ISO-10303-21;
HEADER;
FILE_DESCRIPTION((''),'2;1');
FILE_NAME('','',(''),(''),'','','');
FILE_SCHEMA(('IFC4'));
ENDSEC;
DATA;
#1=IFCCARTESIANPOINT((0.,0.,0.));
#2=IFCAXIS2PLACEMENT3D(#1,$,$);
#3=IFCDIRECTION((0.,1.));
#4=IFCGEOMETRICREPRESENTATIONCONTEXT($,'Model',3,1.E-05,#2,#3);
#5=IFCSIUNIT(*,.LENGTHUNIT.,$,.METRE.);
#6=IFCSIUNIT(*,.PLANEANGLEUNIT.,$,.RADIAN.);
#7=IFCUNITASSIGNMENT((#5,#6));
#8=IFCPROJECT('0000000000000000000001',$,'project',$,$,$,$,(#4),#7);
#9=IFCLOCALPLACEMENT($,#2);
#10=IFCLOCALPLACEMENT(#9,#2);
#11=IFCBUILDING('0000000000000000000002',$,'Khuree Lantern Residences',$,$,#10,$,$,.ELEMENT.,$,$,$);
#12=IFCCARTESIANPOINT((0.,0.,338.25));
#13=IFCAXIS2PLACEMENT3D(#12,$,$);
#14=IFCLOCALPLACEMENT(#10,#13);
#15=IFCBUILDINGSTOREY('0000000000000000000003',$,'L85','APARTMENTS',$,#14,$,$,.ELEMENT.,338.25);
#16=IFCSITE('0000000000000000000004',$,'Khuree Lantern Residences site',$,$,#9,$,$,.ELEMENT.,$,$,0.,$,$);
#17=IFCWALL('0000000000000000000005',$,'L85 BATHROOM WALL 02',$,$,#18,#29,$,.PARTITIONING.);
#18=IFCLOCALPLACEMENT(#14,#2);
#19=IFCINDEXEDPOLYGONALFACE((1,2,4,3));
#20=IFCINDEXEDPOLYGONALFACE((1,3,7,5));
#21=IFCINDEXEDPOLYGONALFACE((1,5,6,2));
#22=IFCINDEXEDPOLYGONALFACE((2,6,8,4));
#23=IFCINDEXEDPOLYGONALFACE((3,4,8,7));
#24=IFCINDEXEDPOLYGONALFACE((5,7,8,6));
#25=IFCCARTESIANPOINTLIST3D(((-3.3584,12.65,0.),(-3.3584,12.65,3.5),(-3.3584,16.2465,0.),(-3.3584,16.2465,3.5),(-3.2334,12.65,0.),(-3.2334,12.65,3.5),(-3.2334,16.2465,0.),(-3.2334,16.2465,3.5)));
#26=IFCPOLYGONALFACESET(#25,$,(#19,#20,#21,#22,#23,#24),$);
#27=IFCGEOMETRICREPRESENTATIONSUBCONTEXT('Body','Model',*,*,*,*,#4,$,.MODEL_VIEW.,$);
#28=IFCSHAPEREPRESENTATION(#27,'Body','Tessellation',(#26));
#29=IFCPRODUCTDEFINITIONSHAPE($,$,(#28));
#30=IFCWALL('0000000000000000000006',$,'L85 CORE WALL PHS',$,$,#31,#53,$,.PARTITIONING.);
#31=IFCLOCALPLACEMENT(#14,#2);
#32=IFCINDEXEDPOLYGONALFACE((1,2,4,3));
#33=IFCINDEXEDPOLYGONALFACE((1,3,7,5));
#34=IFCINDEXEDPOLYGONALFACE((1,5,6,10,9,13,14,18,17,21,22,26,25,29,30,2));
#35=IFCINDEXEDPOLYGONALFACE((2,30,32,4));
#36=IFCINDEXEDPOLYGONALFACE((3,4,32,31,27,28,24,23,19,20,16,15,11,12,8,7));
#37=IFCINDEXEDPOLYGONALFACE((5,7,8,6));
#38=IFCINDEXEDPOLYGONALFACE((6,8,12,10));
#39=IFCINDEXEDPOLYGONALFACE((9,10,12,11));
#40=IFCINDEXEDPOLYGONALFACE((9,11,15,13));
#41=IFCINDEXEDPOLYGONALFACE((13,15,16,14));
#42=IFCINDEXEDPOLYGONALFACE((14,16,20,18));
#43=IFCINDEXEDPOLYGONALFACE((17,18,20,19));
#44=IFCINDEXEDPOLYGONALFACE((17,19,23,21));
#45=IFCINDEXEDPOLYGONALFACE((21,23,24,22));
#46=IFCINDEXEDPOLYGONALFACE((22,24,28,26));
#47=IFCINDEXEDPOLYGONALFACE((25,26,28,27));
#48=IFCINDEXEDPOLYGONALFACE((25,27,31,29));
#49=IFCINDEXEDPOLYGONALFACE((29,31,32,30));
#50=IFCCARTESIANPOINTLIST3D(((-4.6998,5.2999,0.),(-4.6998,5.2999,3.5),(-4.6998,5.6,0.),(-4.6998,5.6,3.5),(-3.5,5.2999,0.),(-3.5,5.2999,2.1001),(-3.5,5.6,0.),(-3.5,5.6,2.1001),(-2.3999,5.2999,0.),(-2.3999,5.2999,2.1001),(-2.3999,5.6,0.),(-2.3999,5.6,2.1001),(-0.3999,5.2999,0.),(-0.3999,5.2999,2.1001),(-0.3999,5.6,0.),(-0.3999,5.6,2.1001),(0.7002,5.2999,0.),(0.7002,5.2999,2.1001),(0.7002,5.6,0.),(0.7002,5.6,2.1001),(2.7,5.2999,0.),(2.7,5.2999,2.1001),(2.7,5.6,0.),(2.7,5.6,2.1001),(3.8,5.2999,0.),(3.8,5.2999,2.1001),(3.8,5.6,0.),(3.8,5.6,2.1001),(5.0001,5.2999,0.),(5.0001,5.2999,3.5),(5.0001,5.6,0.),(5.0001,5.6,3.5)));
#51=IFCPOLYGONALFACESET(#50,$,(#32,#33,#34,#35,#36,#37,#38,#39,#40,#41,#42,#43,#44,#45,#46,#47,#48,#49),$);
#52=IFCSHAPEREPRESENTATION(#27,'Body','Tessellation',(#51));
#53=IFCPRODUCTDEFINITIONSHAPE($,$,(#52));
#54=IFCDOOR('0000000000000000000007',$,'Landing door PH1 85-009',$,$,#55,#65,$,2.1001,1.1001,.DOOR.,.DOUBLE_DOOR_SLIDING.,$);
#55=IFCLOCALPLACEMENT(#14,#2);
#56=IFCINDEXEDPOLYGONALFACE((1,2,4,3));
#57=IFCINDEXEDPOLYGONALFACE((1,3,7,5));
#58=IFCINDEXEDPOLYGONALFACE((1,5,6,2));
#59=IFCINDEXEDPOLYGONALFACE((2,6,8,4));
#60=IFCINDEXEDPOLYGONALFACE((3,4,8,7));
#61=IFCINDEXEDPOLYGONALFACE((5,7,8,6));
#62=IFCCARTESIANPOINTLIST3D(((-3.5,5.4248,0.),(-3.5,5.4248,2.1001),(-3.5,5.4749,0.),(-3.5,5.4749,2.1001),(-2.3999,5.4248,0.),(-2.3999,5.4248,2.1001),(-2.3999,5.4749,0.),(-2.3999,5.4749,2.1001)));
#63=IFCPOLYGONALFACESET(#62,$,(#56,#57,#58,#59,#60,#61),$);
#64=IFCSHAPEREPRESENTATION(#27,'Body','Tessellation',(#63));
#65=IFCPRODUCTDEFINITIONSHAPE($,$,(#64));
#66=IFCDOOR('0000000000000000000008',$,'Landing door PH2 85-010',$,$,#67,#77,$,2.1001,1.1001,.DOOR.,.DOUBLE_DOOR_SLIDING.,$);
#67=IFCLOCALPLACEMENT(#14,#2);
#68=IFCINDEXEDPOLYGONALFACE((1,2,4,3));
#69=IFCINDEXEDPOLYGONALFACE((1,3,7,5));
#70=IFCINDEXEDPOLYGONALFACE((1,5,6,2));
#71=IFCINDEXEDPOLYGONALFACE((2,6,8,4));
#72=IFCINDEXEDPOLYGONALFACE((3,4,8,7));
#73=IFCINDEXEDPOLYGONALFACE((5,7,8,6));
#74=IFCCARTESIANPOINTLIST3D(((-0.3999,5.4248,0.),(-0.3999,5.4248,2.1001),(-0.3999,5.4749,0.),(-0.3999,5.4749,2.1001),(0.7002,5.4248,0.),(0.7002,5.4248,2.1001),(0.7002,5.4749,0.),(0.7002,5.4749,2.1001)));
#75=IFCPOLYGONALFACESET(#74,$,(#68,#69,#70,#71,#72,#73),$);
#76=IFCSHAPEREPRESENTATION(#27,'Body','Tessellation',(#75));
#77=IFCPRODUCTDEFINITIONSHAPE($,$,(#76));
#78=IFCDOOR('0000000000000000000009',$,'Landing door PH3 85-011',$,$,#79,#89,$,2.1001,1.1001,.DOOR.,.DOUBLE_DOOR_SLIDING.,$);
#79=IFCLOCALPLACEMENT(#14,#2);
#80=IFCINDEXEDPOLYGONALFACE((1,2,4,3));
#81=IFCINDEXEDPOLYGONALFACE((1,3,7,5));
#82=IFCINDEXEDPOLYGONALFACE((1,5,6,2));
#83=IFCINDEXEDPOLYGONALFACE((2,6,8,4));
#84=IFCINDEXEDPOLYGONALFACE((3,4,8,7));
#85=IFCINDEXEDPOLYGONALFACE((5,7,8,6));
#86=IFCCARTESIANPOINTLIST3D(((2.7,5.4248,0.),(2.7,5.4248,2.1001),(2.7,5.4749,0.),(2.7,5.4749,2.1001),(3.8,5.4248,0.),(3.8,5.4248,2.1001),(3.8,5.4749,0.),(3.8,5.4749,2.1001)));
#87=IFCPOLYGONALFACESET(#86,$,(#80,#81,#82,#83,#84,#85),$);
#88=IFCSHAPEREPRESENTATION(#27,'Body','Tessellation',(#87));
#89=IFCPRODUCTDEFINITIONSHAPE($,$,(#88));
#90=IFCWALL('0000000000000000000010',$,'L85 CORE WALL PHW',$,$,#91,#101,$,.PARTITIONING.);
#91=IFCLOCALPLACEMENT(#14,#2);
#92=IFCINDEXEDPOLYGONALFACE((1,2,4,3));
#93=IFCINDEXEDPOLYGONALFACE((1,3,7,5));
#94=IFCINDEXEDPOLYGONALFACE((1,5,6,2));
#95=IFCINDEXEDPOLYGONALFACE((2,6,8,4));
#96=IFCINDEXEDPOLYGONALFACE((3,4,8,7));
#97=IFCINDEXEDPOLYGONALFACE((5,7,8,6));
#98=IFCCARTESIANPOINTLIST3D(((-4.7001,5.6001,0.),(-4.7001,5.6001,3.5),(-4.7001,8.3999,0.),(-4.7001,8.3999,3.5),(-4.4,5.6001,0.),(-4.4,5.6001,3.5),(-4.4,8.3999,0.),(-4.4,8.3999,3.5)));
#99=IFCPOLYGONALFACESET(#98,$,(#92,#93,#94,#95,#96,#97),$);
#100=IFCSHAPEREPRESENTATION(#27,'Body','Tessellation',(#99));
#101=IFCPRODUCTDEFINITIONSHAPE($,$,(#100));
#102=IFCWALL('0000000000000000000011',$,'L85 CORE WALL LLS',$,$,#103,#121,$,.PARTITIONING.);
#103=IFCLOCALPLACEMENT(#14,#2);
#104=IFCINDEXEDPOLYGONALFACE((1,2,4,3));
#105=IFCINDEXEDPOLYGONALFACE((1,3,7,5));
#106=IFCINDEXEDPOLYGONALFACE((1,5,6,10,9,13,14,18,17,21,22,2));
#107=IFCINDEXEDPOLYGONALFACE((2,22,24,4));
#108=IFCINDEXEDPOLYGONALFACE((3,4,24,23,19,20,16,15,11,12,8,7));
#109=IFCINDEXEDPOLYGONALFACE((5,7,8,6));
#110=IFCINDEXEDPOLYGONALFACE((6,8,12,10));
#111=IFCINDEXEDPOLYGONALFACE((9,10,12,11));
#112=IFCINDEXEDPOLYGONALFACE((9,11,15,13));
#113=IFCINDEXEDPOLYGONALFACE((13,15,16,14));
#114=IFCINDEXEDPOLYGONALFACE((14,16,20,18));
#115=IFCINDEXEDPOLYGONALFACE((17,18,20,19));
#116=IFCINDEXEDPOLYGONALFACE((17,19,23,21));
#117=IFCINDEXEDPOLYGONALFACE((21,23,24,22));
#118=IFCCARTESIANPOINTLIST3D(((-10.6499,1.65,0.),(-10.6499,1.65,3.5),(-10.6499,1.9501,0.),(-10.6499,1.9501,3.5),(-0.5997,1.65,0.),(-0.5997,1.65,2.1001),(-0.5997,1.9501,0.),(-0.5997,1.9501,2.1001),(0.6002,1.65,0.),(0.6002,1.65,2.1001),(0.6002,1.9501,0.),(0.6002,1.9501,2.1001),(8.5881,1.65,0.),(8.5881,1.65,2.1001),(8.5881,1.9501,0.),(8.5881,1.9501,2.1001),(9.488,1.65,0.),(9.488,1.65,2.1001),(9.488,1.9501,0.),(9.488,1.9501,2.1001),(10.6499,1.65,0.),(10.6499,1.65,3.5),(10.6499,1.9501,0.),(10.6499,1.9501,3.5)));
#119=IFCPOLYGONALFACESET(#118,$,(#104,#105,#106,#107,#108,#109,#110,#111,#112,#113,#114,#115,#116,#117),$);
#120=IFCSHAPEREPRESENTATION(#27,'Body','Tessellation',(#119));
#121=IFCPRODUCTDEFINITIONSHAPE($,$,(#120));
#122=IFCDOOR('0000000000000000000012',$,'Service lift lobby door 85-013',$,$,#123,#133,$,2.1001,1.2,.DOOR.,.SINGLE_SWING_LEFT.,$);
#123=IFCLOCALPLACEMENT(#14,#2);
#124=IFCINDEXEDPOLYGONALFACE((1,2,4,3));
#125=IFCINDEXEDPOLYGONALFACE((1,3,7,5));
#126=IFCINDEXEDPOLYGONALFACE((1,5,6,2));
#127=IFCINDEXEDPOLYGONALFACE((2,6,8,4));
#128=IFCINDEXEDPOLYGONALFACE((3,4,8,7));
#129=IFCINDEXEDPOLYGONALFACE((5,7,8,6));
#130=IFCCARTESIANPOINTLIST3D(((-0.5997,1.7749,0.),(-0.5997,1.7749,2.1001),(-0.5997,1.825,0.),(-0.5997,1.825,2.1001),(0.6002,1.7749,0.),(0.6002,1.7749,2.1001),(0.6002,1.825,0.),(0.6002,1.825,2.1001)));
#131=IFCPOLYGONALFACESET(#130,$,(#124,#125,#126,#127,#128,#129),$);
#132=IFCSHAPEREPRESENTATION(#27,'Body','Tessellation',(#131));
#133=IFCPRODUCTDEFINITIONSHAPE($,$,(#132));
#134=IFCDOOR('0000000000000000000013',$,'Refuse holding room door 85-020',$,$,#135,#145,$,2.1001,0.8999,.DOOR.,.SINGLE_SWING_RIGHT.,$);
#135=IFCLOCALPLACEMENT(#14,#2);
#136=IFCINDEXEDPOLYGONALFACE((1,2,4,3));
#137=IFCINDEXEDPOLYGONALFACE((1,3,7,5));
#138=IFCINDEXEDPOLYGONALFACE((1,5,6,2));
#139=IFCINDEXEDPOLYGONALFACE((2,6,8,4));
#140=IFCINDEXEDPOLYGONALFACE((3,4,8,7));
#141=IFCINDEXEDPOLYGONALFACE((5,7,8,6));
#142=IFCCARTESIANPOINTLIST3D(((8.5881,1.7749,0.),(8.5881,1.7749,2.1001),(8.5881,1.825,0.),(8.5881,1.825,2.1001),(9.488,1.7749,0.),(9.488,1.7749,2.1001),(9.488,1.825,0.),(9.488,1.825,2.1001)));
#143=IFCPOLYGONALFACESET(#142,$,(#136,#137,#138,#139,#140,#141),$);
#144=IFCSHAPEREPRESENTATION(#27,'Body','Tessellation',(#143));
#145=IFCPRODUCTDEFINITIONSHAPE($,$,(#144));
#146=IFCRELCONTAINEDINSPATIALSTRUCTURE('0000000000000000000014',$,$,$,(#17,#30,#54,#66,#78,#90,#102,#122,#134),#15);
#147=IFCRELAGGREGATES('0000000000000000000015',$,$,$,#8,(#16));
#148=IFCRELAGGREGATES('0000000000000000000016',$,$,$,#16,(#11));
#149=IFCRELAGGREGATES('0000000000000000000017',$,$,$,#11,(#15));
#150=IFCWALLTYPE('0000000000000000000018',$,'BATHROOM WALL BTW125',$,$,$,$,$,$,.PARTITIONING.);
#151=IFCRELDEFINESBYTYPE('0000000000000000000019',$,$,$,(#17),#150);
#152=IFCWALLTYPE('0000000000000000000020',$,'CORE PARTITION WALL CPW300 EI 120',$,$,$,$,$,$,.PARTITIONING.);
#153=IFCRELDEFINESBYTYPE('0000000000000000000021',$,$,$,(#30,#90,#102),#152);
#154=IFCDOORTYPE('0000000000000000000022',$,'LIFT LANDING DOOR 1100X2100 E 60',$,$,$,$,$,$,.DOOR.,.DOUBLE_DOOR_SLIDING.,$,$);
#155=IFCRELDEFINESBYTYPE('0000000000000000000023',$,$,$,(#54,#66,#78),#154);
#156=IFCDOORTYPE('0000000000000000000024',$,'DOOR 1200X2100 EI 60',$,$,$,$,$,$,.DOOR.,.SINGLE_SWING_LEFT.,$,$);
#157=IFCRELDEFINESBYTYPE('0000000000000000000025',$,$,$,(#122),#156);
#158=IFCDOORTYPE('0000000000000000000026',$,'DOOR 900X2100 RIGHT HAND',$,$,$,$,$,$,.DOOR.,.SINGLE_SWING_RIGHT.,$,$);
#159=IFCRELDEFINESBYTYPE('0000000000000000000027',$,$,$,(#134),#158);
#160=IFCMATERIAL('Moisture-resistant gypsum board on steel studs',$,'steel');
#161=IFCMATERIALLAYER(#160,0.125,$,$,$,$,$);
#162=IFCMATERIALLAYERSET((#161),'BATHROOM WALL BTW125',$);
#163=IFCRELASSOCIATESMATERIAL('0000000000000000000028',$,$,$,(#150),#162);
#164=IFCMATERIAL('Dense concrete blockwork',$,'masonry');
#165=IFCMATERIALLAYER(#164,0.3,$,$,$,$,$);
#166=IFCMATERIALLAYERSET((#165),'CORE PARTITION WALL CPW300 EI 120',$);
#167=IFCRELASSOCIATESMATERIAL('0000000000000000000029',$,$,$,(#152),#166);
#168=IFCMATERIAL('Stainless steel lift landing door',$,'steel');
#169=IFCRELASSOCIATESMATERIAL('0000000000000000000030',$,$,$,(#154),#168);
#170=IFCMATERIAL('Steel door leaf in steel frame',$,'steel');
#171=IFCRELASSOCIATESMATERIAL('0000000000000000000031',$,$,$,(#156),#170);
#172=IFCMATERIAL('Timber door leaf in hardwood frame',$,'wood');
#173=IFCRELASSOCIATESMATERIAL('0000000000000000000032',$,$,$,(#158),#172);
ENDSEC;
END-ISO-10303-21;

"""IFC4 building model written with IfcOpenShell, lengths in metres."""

from ifc_helpers import new_model, si_unit, direction, frame, frame_2d, origin, place, context, subcontext, project, spatial, rectangle, extrude, material, layer, layer_set, type_object, element, fill, save


model = new_model("IFC4")

# Units and contexts
model_context = context("Model", 3, precision=1e-05, world=origin(), true_north=direction((0.0, 1.0)))
body_context = subcontext(model_context, "Body", "Model", "MODEL_VIEW")
ifc_project = project(units=[si_unit("LENGTHUNIT", "METRE"), si_unit("PLANEANGLEUNIT", "RADIAN")], contexts=[model_context])

# Site, building, storey
site_placement = place(None, origin())
site = spatial("IfcSite", under=ifc_project, at=site_placement, Name="Khuree Lantern Residences site", CompositionType="ELEMENT", RefElevation=0.0)
building_placement = place(site_placement, origin())
building = spatial("IfcBuilding", under=site, at=building_placement, Name="Khuree Lantern Residences", CompositionType="ELEMENT")
storey_placement = place(building_placement, frame((0.0, 0.0, 338.25)))
storey = spatial("IfcBuildingStorey", under=building, at=storey_placement, Name="L85", Description="APARTMENTS", CompositionType="ELEMENT", Elevation=338.25)

# Wall
ifc_material_1 = material(Name="Moisture-resistant gypsum board on steel studs", Category="steel")
ifc_layer_1 = layer(ifc_material_1, 0.125)
ifc_layer_set_1 = layer_set([ifc_layer_1], Name="BATHROOM WALL BTW125")
wall_type_1 = type_object("IfcWallType", Name="BATHROOM WALL BTW125", PredefinedType="PARTITIONING", material=ifc_layer_set_1)
wall_1_placement = place(storey_placement, frame((-3.2959, 12.6499, 0.0), z_axis=(0.0, 0.0, 1.0), x_axis=(0.0, 1.0, 0.0)))
element("IfcWall", 1, at=wall_1_placement, inside=storey, type_object=wall_type_1, Name="L85 BATHROOM WALL 02", PredefinedType="PARTITIONING", context=body_context, shape_type="SweptSolid", body=[
    extrude(rectangle(XDim=3.5964, YDim=0.125, at=frame_2d((1.7983, 0.0))), origin(), (0.0, 0.0, 1.0), 3.5),
])

# Wall, openings, doors
ifc_material_2 = material(Name="Dense concrete blockwork", Category="masonry")
ifc_layer_2 = layer(ifc_material_2, 0.3)
ifc_layer_set_2 = layer_set([ifc_layer_2], Name="CORE PARTITION WALL CPW300 EI 120")
wall_type_2 = type_object("IfcWallType", Name="CORE PARTITION WALL CPW300 EI 120", PredefinedType="PARTITIONING", material=ifc_layer_set_2)
wall_2_placement = place(storey_placement, frame((-4.7, 5.45, 0.0), z_axis=(0.0, 0.0, 1.0), x_axis=(1.0, 0.0, 0.0)))
wall_2 = element("IfcWall", 2, at=wall_2_placement, inside=storey, type_object=wall_type_2, Name="L85 CORE WALL PHS", PredefinedType="PARTITIONING", context=body_context, shape_type="SweptSolid", body=[
    extrude(rectangle(XDim=9.7, YDim=0.3, at=frame_2d((4.8501, 0.0))), origin(), (0.0, 0.0, 1.0), 3.5),
])
opening_1_placement = place(wall_2_placement, frame((1.2, 0.0, 0.0)))
opening_1 = element("IfcOpeningElement", 3, at=opening_1_placement, cuts=wall_2, PredefinedType="OPENING", context=body_context, shape_type="SweptSolid", body=[
    extrude(rectangle(XDim=1.1001, YDim=2.1001, at=frame_2d((0.55, 1.05))), frame((0.0, 0.1602, 0.0), z_axis=(0.0, -1.0, 0.0), x_axis=(1.0, 0.0, 0.0)), (0.0, 0.0, 1.0), 0.3201),
])
opening_2_placement = place(wall_2_placement, frame((4.3, 0.0, 0.0)))
opening_2 = element("IfcOpeningElement", 4, at=opening_2_placement, cuts=wall_2, PredefinedType="OPENING", context=body_context, shape_type="SweptSolid", body=[
    extrude(rectangle(XDim=1.1001, YDim=2.1001, at=frame_2d((0.55, 1.05))), frame((0.0, 0.1602, 0.0), z_axis=(0.0, -1.0, 0.0), x_axis=(1.0, 0.0, 0.0)), (0.0, 0.0, 1.0), 0.3201),
])
opening_3_placement = place(wall_2_placement, frame((7.3999, 0.0, 0.0)))
opening_3 = element("IfcOpeningElement", 5, at=opening_3_placement, cuts=wall_2, PredefinedType="OPENING", context=body_context, shape_type="SweptSolid", body=[
    extrude(rectangle(XDim=1.1001, YDim=2.1001, at=frame_2d((0.55, 1.05))), frame((0.0, 0.1602, 0.0), z_axis=(0.0, -1.0, 0.0), x_axis=(1.0, 0.0, 0.0)), (0.0, 0.0, 1.0), 0.3201),
])
ifc_material_3 = material(Name="Stainless steel lift landing door", Category="steel")
door_type_1 = type_object("IfcDoorType", Name="LIFT LANDING DOOR 1100X2100 E 60", OperationType="DOUBLE_DOOR_SLIDING", PredefinedType="DOOR", material=ifc_material_3)
door_1_placement = place(opening_1_placement, origin())
door_1 = element("IfcDoor", 6, at=door_1_placement, inside=storey, type_object=door_type_1, Name="Landing door PH1 85-009", OperationType="DOUBLE_DOOR_SLIDING", OverallHeight=2.1001, OverallWidth=1.1001, PredefinedType="DOOR", context=body_context, shape_type="SweptSolid", body=[
    extrude(rectangle(XDim=1.1001, YDim=2.1001, at=frame_2d((0.55, 1.05))), frame((0.0, 0.0249, 0.0), z_axis=(0.0, -1.0, 0.0), x_axis=(1.0, 0.0, 0.0)), (0.0, 0.0, 1.0), 0.05),
])
fill(opening_1, door_1)
door_2_placement = place(opening_2_placement, origin())
door_2 = element("IfcDoor", 7, at=door_2_placement, inside=storey, type_object=door_type_1, Name="Landing door PH2 85-010", OperationType="DOUBLE_DOOR_SLIDING", OverallHeight=2.1001, OverallWidth=1.1001, PredefinedType="DOOR", context=body_context, shape_type="SweptSolid", body=[
    extrude(rectangle(XDim=1.1001, YDim=2.1001, at=frame_2d((0.55, 1.05))), frame((0.0, 0.0249, 0.0), z_axis=(0.0, -1.0, 0.0), x_axis=(1.0, 0.0, 0.0)), (0.0, 0.0, 1.0), 0.05),
])
fill(opening_2, door_2)
door_3_placement = place(opening_3_placement, origin())
door_3 = element("IfcDoor", 8, at=door_3_placement, inside=storey, type_object=door_type_1, Name="Landing door PH3 85-011", OperationType="DOUBLE_DOOR_SLIDING", OverallHeight=2.1001, OverallWidth=1.1001, PredefinedType="DOOR", context=body_context, shape_type="SweptSolid", body=[
    extrude(rectangle(XDim=1.1001, YDim=2.1001, at=frame_2d((0.55, 1.05))), frame((0.0, 0.0249, 0.0), z_axis=(0.0, -1.0, 0.0), x_axis=(1.0, 0.0, 0.0)), (0.0, 0.0, 1.0), 0.05),
])
fill(opening_3, door_3)

# Wall
wall_3_placement = place(storey_placement, frame((-4.55, 5.6001, 0.0), z_axis=(0.0, 0.0, 1.0), x_axis=(0.0, 1.0, 0.0)))
element("IfcWall", 9, at=wall_3_placement, inside=storey, type_object=wall_type_2, Name="L85 CORE WALL PHW", PredefinedType="PARTITIONING", context=body_context, shape_type="SweptSolid", body=[
    extrude(rectangle(XDim=2.7998, YDim=0.3, at=frame_2d((1.3999, 0.0))), origin(), (0.0, 0.0, 1.0), 3.5),
])

# Wall, openings, doors
wall_4_placement = place(storey_placement, frame((-10.6499, 1.8, 0.0), z_axis=(0.0, 0.0, 1.0), x_axis=(1.0, 0.0, 0.0)))
wall_4 = element("IfcWall", 10, at=wall_4_placement, inside=storey, type_object=wall_type_2, Name="L85 CORE WALL LLS", PredefinedType="PARTITIONING", context=body_context, shape_type="SweptSolid", body=[
    extrude(rectangle(XDim=21.2998, YDim=0.3, at=frame_2d((10.6499, 0.0))), origin(), (0.0, 0.0, 1.0), 3.5),
])
opening_4_placement = place(wall_4_placement, frame((10.05, 0.0, 0.0)))
opening_4 = element("IfcOpeningElement", 11, at=opening_4_placement, cuts=wall_4, PredefinedType="OPENING", context=body_context, shape_type="SweptSolid", body=[
    extrude(rectangle(XDim=1.2, YDim=2.1001, at=frame_2d((0.6001, 1.05))), frame((0.0, 0.1602, 0.0), z_axis=(0.0, -1.0, 0.0), x_axis=(1.0, 0.0, 0.0)), (0.0, 0.0, 1.0), 0.3201),
])
opening_5_placement = place(wall_4_placement, frame((19.238, 0.0, 0.0)))
opening_5 = element("IfcOpeningElement", 12, at=opening_5_placement, cuts=wall_4, PredefinedType="OPENING", context=body_context, shape_type="SweptSolid", body=[
    extrude(rectangle(XDim=0.8999, YDim=2.1001, at=frame_2d((0.45, 1.05))), frame((0.0, 0.1602, 0.0), z_axis=(0.0, -1.0, 0.0), x_axis=(1.0, 0.0, 0.0)), (0.0, 0.0, 1.0), 0.3201),
])
ifc_material_4 = material(Name="Steel door leaf in steel frame", Category="steel")
door_type_2 = type_object("IfcDoorType", Name="DOOR 1200X2100 EI 60", OperationType="SINGLE_SWING_LEFT", PredefinedType="DOOR", material=ifc_material_4)
door_4_placement = place(opening_4_placement, origin())
door_4 = element("IfcDoor", 13, at=door_4_placement, inside=storey, type_object=door_type_2, Name="Service lift lobby door 85-013", OperationType="SINGLE_SWING_LEFT", OverallHeight=2.1001, OverallWidth=1.2, PredefinedType="DOOR", context=body_context, shape_type="SweptSolid", body=[
    extrude(rectangle(XDim=1.2, YDim=2.1001, at=frame_2d((0.6001, 1.05))), frame((0.0, 0.0249, 0.0), z_axis=(0.0, -1.0, 0.0), x_axis=(1.0, 0.0, 0.0)), (0.0, 0.0, 1.0), 0.05),
])
fill(opening_4, door_4)
ifc_material_5 = material(Name="Timber door leaf in hardwood frame", Category="wood")
door_type_3 = type_object("IfcDoorType", Name="DOOR 900X2100 RIGHT HAND", OperationType="SINGLE_SWING_RIGHT", PredefinedType="DOOR", material=ifc_material_5)
door_5_placement = place(opening_5_placement, origin())
door_5 = element("IfcDoor", 14, at=door_5_placement, inside=storey, type_object=door_type_3, Name="Refuse holding room door 85-020", OperationType="SINGLE_SWING_RIGHT", OverallHeight=2.1001, OverallWidth=0.8999, PredefinedType="DOOR", context=body_context, shape_type="SweptSolid", body=[
    extrude(rectangle(XDim=0.8999, YDim=2.1001, at=frame_2d((0.45, 1.05))), frame((0.0, 0.0249, 0.0), z_axis=(0.0, -1.0, 0.0), x_axis=(1.0, 0.0, 0.0)), (0.0, 0.0, 1.0), 0.05),
])
fill(opening_5, door_5)

save(model, "model.ifc")
